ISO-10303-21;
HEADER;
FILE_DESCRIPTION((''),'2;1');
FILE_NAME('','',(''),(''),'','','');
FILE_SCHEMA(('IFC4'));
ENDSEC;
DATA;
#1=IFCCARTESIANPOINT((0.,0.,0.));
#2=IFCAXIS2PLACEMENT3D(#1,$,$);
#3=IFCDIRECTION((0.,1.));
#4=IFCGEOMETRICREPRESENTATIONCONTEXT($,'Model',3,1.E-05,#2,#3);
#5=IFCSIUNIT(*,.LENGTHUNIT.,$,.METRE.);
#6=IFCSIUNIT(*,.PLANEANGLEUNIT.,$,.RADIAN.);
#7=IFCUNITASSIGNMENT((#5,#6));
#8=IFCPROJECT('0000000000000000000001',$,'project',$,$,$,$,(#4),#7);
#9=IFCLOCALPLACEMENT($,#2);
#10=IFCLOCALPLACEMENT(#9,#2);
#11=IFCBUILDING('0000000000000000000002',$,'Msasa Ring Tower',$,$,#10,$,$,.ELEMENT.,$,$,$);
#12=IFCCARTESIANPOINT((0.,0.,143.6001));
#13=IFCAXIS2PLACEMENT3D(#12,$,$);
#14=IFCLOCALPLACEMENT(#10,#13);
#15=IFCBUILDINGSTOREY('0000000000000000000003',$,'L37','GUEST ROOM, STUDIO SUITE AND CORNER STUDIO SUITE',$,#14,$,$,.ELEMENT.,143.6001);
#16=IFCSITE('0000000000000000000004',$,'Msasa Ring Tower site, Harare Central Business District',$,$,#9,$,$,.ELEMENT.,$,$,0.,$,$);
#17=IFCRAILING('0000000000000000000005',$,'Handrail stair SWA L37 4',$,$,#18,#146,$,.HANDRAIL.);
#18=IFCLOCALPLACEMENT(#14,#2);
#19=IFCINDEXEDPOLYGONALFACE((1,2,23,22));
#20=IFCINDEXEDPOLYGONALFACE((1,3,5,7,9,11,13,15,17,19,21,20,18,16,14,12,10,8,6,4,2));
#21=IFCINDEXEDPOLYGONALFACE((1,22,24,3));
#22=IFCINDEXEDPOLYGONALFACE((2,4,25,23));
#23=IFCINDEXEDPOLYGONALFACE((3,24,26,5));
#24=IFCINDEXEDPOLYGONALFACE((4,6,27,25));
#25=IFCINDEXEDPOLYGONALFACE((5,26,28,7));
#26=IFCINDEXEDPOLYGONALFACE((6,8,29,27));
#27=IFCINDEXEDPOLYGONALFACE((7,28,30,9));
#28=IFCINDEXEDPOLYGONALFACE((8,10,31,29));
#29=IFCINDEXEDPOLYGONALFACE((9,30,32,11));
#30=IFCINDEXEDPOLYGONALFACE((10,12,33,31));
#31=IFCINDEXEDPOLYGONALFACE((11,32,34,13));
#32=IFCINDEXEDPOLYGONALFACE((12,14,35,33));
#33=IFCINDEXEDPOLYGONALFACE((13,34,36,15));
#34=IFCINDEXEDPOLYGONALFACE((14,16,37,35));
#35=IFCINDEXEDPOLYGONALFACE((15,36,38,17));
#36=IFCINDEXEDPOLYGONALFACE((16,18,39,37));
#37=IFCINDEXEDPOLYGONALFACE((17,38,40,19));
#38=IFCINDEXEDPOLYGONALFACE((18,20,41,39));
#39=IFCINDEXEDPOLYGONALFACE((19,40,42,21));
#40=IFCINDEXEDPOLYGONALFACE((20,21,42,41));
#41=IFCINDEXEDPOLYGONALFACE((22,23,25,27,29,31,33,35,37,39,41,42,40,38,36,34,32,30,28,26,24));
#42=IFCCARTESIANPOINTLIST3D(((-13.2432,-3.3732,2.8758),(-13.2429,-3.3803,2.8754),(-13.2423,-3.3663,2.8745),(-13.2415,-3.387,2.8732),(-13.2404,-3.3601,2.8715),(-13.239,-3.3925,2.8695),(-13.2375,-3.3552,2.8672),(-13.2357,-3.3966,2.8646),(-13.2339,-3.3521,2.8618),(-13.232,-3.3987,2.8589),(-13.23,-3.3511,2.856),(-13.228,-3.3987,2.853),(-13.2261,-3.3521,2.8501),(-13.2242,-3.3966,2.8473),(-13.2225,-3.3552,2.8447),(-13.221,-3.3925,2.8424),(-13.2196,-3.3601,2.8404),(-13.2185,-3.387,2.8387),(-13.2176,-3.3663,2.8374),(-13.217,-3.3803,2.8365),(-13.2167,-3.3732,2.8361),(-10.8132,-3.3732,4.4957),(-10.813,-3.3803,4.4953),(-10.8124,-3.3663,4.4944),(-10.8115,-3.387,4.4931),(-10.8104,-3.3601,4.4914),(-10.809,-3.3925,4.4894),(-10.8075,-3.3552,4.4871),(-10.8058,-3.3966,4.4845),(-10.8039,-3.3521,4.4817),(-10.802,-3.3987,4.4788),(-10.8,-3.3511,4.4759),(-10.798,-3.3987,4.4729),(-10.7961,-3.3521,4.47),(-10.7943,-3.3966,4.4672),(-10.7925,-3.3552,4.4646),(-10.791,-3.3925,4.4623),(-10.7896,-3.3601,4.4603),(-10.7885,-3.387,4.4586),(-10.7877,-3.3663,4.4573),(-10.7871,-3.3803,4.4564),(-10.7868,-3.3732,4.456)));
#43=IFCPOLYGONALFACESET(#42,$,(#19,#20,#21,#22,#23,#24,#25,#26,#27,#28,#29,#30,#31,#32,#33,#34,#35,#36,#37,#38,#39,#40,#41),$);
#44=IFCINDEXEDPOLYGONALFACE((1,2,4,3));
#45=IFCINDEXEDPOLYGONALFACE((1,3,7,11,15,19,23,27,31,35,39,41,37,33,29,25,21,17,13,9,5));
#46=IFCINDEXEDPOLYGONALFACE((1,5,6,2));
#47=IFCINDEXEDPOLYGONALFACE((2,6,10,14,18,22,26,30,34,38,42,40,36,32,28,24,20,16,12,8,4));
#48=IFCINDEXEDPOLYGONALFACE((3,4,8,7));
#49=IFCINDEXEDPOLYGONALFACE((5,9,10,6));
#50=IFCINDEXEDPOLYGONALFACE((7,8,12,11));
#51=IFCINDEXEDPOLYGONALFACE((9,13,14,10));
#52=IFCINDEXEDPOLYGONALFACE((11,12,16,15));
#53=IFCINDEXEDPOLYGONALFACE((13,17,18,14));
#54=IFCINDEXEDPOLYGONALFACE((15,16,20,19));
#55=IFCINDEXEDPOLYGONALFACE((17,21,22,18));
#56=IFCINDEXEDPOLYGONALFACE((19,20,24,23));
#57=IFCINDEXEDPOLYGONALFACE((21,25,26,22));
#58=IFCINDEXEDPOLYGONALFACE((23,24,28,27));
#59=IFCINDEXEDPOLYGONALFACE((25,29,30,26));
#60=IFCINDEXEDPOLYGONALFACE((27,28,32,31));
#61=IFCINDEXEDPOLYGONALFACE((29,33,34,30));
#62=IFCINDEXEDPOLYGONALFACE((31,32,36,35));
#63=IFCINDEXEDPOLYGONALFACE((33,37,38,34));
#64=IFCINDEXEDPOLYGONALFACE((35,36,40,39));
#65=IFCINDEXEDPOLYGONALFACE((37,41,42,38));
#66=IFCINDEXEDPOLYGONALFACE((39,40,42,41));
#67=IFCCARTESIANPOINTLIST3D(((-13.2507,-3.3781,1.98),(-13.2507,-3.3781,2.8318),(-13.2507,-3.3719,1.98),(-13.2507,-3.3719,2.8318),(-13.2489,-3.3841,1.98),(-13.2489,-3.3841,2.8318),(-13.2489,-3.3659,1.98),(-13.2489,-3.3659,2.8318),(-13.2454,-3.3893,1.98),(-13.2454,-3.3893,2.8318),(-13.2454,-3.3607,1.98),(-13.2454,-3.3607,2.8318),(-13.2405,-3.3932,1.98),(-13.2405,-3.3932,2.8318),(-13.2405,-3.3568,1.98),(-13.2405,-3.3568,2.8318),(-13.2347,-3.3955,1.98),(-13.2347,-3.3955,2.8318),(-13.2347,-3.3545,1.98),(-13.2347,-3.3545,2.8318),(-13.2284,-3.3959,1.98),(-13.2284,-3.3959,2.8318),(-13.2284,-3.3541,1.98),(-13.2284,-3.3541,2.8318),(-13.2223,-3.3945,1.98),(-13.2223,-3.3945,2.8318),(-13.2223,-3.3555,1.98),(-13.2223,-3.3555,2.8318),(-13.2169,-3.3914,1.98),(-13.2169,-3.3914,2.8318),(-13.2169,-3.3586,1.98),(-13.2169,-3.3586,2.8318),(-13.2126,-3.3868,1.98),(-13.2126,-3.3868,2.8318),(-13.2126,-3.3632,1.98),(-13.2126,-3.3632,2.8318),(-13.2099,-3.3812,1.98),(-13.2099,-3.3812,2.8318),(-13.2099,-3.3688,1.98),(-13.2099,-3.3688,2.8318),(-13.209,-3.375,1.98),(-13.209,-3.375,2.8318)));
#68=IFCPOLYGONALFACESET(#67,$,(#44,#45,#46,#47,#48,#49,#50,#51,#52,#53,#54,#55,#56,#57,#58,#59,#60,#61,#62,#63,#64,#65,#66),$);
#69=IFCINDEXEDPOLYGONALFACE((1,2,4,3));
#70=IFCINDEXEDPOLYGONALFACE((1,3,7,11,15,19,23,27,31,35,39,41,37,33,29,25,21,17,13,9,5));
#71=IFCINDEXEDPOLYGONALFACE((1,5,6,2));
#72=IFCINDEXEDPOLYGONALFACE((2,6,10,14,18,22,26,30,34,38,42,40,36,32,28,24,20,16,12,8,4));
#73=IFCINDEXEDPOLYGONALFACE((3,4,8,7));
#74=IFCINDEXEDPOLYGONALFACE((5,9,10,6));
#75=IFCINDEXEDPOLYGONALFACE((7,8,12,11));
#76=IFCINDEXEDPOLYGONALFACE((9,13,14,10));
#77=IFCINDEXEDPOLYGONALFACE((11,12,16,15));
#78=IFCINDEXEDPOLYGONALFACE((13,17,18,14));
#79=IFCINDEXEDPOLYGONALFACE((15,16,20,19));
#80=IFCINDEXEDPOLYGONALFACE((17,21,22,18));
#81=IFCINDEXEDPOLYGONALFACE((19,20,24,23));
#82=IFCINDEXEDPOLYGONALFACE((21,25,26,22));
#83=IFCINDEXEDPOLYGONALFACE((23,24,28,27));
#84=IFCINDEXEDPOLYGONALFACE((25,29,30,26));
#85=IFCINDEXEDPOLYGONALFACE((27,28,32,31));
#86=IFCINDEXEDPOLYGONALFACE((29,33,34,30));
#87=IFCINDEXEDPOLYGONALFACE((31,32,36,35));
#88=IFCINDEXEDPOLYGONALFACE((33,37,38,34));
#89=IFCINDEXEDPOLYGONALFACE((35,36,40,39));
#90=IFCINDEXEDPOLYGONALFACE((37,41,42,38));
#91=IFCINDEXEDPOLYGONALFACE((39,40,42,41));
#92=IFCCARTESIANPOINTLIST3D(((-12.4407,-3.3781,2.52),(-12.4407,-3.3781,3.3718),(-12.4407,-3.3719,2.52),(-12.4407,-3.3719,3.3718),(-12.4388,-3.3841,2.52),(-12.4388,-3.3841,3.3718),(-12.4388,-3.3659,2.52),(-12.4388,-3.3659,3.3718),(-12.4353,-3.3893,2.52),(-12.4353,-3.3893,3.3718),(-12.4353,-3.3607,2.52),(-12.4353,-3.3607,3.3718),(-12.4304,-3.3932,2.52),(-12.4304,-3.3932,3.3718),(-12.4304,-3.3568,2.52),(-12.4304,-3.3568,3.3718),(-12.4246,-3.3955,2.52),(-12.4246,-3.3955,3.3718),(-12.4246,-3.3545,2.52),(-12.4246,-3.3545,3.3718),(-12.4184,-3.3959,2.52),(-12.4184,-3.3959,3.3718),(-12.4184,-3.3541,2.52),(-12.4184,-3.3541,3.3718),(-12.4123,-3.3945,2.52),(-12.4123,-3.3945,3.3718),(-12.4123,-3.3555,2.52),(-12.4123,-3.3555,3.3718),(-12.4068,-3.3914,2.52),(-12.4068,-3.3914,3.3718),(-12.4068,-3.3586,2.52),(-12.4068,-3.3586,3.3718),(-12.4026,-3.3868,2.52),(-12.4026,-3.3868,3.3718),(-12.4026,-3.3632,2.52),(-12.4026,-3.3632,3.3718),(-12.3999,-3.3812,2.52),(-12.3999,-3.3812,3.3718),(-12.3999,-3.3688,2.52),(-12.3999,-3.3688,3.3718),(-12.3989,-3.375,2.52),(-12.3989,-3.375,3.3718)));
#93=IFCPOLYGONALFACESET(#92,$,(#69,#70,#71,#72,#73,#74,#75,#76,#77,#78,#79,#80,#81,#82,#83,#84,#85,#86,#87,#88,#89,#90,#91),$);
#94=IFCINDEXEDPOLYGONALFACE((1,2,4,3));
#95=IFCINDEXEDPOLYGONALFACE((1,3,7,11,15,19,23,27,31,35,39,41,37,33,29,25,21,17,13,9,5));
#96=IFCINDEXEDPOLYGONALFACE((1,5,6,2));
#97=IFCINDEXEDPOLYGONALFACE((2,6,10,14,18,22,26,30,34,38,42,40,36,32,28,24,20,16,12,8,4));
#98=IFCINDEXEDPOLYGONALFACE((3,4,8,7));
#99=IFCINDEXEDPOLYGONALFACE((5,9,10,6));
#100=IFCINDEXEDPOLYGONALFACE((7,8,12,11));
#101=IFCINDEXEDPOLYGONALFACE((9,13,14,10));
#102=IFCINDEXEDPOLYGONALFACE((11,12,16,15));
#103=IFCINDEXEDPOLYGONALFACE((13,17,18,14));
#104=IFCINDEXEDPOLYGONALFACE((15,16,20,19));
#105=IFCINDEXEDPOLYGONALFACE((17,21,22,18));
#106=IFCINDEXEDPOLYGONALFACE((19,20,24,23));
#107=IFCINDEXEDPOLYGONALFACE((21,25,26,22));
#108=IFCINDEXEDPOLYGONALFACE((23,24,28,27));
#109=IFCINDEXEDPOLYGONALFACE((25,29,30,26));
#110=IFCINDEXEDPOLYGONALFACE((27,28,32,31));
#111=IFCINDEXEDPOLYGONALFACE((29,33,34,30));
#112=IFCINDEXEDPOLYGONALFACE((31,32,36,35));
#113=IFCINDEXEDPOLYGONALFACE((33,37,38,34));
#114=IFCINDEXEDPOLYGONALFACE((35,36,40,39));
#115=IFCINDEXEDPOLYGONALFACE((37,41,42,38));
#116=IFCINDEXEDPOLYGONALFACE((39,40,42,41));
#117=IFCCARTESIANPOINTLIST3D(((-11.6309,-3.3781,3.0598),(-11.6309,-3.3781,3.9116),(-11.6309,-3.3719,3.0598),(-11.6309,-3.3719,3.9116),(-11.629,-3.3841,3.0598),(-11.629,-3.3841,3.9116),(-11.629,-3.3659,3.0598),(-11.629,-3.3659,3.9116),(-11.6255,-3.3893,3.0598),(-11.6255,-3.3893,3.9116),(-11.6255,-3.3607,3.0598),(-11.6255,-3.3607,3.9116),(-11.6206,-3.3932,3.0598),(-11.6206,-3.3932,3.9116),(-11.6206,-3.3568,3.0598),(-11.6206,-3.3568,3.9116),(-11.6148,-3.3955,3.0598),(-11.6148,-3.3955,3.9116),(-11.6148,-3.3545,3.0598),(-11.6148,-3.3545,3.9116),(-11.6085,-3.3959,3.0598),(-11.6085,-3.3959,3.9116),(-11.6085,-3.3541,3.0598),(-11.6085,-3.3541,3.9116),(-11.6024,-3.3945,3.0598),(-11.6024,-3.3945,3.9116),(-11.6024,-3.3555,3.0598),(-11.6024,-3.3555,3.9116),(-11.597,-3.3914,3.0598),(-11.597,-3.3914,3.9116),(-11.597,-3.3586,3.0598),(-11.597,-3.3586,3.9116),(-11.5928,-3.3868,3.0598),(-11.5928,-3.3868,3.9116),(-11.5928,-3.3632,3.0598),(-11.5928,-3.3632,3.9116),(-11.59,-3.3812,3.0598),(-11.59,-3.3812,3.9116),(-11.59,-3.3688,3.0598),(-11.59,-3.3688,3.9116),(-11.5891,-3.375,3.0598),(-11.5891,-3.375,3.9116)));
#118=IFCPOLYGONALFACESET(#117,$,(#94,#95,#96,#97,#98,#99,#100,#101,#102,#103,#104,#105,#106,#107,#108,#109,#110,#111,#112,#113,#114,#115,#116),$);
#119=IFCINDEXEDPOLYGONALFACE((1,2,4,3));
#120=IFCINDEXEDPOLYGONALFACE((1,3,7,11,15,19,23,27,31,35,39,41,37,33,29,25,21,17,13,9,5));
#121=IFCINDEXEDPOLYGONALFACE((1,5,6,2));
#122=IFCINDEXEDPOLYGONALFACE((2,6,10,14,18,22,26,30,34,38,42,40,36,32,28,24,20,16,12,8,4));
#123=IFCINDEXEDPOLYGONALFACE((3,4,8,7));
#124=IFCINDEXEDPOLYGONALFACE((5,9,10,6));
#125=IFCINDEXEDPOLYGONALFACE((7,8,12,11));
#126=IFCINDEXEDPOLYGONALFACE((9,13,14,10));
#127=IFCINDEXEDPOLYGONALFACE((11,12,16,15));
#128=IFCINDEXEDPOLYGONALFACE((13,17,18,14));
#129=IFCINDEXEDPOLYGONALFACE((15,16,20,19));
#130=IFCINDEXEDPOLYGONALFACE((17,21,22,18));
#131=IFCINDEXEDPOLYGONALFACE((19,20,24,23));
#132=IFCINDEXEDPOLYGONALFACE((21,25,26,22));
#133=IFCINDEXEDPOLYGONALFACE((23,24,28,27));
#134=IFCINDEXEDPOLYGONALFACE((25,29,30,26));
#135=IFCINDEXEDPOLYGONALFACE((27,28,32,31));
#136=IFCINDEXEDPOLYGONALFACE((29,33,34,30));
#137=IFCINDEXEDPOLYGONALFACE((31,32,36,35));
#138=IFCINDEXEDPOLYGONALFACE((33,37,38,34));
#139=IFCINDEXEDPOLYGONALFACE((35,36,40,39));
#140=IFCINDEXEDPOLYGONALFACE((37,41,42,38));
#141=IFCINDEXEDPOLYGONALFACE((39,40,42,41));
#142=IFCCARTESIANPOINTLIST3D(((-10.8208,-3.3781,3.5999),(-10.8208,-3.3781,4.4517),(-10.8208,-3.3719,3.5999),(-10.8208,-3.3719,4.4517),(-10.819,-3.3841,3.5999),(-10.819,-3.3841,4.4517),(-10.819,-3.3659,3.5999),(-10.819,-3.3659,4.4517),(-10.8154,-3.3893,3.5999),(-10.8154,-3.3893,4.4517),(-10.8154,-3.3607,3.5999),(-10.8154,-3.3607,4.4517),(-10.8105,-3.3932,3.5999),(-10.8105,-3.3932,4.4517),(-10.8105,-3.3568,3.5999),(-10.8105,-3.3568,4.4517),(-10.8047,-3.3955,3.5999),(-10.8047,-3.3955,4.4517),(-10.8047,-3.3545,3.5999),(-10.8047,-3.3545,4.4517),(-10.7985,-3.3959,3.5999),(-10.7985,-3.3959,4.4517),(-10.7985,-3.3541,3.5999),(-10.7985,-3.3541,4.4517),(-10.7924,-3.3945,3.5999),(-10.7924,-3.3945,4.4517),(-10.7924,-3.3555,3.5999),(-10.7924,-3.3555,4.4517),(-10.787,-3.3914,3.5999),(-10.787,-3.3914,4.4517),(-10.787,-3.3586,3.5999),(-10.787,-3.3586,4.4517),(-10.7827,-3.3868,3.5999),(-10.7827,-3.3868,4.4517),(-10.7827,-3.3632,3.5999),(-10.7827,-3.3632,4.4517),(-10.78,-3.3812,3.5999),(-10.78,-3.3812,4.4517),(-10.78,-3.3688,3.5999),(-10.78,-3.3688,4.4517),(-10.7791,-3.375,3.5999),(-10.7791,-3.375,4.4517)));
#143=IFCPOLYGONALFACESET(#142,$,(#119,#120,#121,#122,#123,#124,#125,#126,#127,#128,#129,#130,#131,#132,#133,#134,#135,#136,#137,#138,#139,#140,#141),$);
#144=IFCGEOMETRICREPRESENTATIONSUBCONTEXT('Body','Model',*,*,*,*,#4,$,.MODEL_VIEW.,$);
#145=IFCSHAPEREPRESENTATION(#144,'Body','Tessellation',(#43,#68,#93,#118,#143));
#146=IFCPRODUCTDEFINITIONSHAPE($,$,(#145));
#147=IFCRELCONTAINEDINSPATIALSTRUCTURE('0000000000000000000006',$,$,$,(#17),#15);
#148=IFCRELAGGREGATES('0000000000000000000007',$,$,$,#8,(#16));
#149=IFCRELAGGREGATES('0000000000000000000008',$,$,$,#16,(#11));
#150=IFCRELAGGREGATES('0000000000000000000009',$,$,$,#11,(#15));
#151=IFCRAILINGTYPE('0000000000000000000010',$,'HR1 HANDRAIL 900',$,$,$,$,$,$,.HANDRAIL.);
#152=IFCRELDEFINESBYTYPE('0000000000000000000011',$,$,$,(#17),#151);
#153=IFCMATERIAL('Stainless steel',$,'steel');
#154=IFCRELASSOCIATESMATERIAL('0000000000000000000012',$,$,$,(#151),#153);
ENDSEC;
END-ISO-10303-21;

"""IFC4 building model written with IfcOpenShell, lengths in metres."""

from ifc_helpers import new_model, si_unit, direction, frame, origin, origin_2d, place, context, subcontext, project, spatial, circle, extrude, material, type_object, element, save


model = new_model("IFC4")

# Units and contexts
model_context = context("Model", 3, precision=1e-05, world=origin(), true_north=direction((0.0, 1.0)))
body_context = subcontext(model_context, "Body", "Model", "MODEL_VIEW")
ifc_project = project(units=[si_unit("LENGTHUNIT", "METRE"), si_unit("PLANEANGLEUNIT", "RADIAN")], contexts=[model_context])

# Site, building, storey
site_placement = place(None, origin())
site = spatial("IfcSite", under=ifc_project, at=site_placement, Name="Msasa Ring Tower site, Harare Central Business District", CompositionType="ELEMENT", RefElevation=0.0)
building_placement = place(site_placement, origin())
building = spatial("IfcBuilding", under=site, at=building_placement, Name="Msasa Ring Tower", CompositionType="ELEMENT")
storey_placement = place(building_placement, frame((0.0, 0.0, 143.6001)))
storey = spatial("IfcBuildingStorey", under=building, at=storey_placement, Name="L37", Description="GUEST ROOM, STUDIO SUITE AND CORNER STUDIO SUITE", CompositionType="ELEMENT", Elevation=143.6001)

# Railing
ifc_material_1 = material(Name="Stainless steel", Category="steel")
railing_type = type_object("IfcRailingType", Name="HR1 HANDRAIL 900", PredefinedType="HANDRAIL", material=ifc_material_1)
for number, where, name in (
    (1, (-13.23, -3.375, 1.98), "Handrail stair SWA L37 4"),
):
    element("IfcRailing", number, at=place(storey_placement, frame(where)), inside=storey, type_object=railing_type, Name=name, PredefinedType="HANDRAIL", context=body_context, shape_type="SweptSolid", body=[
        extrude(circle(Radius=0.0239, at=origin_2d()), frame((0.0, 0.0, 0.876), z_axis=(0.832063, 0.0, 0.554681), x_axis=(0.0, 1.0, 0.0)), (0.0, 0.0, 1.0), 2.9204),
        extrude(circle(Radius=0.021, at=origin_2d()), origin(), (0.0, 0.0, 1.0), 0.8518),
        extrude(circle(Radius=0.021, at=origin_2d()), frame((0.8101, 0.0, 0.54)), (0.0, 0.0, 1.0), 0.8518),
        extrude(circle(Radius=0.021, at=origin_2d()), frame((1.6199, 0.0, 1.0798)), (0.0, 0.0, 1.0), 0.8518),
        extrude(circle(Radius=0.021, at=origin_2d()), frame((2.4299, 0.0, 1.6199)), (0.0, 0.0, 1.0), 0.8518),
    ])

save(model, "model.ifc")
